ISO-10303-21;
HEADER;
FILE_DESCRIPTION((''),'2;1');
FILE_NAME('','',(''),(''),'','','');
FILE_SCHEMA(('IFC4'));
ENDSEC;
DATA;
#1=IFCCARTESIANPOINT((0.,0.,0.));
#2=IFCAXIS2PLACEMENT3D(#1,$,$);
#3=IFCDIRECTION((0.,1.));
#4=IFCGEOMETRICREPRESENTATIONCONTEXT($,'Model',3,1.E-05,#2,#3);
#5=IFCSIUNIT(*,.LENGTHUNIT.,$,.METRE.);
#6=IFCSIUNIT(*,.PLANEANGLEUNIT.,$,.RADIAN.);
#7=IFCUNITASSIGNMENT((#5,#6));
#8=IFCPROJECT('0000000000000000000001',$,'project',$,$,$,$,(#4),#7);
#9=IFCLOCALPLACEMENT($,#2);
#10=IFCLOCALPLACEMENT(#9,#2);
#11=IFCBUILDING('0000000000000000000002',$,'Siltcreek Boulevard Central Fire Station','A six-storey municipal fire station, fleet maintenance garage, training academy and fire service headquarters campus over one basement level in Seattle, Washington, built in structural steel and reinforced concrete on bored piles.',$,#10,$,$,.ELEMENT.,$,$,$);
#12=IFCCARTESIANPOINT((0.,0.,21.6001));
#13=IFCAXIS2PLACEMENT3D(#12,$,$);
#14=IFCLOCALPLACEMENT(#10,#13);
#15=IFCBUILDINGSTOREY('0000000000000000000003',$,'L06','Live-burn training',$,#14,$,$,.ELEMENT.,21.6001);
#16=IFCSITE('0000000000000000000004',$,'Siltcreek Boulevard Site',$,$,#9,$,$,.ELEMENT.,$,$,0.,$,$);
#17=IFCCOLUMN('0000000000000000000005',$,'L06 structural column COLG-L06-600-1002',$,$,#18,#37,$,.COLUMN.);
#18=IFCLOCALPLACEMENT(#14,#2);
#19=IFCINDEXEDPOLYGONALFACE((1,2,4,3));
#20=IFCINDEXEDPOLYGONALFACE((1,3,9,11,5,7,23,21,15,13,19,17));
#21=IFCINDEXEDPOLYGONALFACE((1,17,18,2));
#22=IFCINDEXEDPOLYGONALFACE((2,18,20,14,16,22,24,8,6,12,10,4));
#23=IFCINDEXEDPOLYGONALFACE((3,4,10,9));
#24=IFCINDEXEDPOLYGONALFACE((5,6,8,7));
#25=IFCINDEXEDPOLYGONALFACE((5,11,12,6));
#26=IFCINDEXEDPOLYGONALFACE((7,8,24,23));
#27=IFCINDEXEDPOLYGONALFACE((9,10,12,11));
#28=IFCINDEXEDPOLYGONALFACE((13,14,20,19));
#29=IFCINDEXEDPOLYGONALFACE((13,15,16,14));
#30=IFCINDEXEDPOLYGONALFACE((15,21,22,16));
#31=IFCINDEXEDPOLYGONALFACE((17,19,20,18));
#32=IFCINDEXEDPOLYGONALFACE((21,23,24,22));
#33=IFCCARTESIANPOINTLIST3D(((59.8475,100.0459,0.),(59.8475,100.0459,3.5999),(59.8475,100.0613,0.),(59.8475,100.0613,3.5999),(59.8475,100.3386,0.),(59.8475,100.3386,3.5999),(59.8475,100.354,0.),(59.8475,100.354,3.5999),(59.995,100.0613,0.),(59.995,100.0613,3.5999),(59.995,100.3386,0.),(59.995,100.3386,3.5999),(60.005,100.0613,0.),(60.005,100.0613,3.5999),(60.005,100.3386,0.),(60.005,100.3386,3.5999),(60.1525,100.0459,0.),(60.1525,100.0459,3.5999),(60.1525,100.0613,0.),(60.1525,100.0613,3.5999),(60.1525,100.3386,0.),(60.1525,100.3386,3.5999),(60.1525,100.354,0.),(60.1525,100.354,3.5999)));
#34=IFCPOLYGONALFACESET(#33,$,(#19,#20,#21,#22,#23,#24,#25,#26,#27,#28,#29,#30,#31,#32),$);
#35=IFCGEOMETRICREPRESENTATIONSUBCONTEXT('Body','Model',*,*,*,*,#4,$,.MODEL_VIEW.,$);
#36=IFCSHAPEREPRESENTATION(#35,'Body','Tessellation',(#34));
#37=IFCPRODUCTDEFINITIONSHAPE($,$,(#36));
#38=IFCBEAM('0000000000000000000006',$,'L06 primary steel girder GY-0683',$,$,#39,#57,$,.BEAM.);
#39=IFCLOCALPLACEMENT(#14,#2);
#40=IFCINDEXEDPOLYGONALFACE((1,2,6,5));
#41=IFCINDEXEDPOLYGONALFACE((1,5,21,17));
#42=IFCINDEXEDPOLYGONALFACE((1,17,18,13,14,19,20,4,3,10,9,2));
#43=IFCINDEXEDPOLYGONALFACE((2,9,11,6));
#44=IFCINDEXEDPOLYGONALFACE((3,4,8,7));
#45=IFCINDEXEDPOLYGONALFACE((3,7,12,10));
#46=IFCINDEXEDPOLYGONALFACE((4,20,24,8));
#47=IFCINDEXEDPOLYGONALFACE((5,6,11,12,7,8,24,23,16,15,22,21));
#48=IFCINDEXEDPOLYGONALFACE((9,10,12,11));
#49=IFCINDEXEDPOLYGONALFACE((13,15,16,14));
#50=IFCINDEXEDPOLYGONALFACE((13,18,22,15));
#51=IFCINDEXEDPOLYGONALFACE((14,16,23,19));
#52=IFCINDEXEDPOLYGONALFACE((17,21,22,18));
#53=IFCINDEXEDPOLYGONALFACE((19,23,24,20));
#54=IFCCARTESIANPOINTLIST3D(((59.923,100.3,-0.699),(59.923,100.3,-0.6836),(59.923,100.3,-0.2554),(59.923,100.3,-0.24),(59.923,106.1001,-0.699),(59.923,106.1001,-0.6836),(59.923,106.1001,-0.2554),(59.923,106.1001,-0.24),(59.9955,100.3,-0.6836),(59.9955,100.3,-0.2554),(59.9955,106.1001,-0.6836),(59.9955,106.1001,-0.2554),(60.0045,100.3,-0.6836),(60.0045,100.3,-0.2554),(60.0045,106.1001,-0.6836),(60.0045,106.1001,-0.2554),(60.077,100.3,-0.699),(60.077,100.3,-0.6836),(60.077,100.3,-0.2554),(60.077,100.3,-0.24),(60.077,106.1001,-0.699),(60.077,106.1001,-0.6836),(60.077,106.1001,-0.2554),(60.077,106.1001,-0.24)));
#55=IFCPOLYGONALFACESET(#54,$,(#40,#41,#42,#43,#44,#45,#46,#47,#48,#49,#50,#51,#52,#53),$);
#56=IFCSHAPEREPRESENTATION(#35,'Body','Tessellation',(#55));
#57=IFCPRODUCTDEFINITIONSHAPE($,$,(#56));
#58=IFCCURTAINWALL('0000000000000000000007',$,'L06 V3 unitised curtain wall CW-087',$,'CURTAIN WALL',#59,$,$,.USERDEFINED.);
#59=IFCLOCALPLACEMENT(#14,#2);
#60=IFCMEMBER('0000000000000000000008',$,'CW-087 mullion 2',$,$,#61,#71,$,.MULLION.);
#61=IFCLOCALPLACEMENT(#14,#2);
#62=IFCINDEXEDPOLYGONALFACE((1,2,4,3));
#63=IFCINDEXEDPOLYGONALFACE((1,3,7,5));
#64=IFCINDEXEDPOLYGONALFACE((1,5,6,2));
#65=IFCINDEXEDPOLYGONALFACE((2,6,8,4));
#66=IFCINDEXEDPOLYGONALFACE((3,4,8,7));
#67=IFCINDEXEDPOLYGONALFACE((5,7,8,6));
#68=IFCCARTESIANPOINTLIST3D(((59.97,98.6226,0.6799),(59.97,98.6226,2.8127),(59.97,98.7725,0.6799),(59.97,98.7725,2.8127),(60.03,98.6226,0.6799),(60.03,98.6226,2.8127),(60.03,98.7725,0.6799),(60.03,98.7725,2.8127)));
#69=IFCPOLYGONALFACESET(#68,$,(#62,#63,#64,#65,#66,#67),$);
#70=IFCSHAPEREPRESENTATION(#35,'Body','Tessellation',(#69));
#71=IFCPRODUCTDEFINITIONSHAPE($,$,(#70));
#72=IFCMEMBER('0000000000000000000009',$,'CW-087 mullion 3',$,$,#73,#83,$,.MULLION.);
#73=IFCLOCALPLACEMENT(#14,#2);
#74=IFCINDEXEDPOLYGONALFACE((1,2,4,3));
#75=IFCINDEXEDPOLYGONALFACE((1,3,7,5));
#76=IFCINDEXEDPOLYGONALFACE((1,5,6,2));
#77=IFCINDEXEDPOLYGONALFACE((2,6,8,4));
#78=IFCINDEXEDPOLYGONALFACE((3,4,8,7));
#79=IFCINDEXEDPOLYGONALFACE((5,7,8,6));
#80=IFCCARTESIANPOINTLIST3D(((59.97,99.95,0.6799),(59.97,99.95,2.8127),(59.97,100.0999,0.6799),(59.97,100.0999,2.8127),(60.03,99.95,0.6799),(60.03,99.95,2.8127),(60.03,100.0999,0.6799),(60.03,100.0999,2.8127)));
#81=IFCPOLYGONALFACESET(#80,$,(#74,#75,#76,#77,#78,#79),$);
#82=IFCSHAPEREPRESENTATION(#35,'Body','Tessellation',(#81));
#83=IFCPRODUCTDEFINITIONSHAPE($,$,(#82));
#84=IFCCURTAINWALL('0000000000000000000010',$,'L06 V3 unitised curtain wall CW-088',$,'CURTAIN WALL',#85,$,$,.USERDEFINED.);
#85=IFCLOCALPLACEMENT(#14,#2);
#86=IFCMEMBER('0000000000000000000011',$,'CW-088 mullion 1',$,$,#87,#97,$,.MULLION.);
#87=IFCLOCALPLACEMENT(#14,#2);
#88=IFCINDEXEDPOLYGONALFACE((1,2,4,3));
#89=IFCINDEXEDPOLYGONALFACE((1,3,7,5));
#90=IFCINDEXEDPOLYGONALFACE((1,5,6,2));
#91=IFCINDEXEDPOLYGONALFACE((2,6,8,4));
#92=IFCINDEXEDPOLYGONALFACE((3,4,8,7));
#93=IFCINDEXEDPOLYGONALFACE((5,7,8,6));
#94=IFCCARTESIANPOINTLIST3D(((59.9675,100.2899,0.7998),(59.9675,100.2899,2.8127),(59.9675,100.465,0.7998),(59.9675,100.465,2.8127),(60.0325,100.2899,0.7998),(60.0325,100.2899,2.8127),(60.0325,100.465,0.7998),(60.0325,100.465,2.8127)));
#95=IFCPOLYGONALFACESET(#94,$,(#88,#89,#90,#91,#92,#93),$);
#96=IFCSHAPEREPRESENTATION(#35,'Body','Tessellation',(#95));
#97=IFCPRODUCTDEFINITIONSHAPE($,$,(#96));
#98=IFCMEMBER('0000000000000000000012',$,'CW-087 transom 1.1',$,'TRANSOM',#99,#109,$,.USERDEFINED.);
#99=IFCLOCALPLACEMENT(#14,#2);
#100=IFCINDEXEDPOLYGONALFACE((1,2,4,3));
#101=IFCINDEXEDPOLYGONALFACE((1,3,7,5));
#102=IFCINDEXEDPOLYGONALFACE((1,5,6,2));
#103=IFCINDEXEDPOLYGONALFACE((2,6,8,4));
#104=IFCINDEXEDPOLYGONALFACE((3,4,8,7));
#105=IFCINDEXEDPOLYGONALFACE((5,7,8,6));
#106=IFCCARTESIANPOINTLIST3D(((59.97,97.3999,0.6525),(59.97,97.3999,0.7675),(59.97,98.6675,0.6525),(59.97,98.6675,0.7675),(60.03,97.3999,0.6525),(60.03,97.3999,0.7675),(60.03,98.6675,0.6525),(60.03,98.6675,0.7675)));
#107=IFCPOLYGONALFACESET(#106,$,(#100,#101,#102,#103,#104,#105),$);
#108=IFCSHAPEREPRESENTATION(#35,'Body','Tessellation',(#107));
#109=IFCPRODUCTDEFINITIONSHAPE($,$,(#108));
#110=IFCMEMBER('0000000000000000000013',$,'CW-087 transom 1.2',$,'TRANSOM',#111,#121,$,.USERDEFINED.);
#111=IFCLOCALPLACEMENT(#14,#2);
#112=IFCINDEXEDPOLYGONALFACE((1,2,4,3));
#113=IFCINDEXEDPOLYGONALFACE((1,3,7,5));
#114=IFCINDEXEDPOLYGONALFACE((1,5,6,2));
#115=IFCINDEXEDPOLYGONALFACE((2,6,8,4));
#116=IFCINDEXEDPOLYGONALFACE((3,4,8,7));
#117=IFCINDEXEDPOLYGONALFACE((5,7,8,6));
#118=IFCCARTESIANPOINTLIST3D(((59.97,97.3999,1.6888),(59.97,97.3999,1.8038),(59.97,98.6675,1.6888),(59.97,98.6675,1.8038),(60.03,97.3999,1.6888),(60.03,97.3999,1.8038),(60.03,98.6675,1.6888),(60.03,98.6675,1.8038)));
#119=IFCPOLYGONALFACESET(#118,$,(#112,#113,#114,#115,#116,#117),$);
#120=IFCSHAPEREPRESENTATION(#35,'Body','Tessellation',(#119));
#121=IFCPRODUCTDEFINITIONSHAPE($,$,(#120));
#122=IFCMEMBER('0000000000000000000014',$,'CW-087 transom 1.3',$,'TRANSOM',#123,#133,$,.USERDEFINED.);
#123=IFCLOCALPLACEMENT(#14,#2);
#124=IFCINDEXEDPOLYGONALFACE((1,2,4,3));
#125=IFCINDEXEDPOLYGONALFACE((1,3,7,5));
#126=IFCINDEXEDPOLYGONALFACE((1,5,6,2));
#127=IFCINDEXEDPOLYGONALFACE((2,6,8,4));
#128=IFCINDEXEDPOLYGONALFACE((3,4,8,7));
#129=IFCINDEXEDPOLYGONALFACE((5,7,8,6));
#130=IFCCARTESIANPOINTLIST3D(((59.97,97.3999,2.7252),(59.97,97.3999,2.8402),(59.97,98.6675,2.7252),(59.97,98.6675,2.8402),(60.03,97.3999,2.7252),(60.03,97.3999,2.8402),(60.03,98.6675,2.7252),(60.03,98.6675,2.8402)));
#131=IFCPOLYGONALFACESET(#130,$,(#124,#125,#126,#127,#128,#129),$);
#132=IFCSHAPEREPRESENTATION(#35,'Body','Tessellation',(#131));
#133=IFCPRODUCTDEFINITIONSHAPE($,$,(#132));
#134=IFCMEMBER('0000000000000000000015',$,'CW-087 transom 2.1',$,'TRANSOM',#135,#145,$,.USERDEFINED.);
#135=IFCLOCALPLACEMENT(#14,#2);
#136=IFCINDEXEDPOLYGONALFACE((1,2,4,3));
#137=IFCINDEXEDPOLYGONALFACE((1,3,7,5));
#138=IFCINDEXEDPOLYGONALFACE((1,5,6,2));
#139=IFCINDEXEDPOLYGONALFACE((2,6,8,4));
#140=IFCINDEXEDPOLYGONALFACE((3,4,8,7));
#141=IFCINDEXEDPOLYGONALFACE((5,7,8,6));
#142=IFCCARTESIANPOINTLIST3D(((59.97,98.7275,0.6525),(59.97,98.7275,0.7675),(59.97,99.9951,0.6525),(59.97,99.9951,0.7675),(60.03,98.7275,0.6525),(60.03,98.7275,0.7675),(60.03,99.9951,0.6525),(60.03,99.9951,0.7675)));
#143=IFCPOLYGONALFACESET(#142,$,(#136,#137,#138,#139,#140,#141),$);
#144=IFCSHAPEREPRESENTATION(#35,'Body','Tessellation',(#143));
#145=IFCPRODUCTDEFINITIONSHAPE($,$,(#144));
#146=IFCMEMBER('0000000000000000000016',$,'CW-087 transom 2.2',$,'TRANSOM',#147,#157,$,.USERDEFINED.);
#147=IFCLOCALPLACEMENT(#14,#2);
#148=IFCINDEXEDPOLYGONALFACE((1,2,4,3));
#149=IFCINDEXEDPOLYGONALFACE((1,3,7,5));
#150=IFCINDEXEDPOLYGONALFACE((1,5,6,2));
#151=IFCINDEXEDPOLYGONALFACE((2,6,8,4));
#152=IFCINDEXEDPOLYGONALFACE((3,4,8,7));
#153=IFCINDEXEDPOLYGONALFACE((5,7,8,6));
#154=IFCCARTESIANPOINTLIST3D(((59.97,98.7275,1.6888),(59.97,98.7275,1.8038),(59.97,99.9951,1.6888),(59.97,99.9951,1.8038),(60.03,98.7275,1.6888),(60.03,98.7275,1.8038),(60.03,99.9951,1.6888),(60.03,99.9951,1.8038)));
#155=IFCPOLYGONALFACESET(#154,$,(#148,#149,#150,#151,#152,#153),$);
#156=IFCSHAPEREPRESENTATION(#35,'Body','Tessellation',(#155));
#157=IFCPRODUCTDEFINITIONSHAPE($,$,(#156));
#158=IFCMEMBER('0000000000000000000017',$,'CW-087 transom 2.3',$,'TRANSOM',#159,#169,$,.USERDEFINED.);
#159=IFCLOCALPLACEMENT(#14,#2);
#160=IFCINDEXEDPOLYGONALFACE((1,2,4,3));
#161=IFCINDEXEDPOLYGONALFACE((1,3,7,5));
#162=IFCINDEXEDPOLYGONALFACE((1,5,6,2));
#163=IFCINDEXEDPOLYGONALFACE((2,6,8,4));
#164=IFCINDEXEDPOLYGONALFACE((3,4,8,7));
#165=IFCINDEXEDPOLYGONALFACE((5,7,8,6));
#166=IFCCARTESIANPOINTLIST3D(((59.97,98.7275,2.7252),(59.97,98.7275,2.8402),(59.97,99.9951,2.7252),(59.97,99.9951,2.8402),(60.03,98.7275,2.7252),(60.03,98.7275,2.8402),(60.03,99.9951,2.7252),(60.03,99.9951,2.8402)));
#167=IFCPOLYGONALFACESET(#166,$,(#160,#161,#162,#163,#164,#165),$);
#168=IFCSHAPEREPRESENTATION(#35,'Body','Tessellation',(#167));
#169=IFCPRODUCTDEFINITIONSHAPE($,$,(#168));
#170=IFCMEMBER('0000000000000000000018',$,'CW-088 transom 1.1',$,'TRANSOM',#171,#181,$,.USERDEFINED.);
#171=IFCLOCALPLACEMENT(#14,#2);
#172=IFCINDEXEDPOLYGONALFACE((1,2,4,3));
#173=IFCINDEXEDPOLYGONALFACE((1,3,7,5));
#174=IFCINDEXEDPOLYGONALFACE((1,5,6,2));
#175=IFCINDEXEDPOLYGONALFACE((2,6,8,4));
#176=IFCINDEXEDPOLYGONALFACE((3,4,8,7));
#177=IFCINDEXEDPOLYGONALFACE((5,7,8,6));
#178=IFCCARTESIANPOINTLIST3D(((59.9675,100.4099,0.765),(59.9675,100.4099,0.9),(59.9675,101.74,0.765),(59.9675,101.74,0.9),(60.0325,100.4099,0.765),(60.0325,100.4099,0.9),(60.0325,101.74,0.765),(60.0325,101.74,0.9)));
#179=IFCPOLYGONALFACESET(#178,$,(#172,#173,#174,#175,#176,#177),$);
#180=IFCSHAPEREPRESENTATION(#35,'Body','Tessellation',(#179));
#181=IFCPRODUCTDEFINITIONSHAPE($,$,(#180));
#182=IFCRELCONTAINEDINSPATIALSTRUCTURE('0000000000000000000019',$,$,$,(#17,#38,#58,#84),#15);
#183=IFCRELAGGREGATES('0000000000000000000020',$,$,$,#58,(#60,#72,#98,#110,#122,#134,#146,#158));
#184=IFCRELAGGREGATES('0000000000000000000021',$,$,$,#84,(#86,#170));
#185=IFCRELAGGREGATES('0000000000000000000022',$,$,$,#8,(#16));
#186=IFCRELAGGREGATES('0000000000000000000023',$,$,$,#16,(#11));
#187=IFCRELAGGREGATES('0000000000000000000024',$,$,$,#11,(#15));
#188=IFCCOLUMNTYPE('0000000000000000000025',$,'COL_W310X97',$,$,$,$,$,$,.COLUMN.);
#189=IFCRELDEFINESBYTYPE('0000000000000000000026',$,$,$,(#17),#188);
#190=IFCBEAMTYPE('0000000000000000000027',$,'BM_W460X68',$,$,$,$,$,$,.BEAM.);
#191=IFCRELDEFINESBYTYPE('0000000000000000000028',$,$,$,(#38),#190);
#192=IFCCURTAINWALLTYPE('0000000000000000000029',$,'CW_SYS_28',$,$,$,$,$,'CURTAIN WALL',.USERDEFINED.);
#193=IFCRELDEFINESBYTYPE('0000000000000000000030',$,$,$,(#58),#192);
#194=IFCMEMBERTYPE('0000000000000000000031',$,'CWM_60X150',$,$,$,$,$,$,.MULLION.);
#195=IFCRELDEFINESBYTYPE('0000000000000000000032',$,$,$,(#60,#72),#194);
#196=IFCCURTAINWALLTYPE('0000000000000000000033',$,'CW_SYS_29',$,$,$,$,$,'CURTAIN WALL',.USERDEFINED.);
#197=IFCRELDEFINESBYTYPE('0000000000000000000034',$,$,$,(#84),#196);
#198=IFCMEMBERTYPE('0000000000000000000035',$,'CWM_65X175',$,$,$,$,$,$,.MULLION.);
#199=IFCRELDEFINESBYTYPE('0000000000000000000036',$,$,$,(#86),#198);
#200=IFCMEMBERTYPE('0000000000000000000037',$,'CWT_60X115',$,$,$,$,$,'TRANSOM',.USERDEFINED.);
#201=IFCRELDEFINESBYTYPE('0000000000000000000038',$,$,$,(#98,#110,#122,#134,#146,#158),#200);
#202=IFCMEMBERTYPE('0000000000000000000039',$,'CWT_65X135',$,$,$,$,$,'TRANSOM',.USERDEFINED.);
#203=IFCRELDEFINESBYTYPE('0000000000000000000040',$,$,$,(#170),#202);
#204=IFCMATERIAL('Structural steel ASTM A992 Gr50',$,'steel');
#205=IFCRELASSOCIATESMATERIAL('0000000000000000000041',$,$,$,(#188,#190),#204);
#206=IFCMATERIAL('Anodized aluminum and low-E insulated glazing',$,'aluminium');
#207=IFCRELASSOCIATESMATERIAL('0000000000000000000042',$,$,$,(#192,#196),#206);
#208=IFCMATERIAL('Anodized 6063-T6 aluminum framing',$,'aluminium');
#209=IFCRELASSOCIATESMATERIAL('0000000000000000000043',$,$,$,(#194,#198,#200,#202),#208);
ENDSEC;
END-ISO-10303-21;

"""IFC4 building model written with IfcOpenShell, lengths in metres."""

from ifc_helpers import new_model, si_unit, direction, frame, origin, origin_2d, place, context, subcontext, project, spatial, rectangle, i_section, extrude, material, material_profile, profile_set, type_object, element, aggregate, save


model = new_model("IFC4")

# Units and contexts
model_context = context("Model", 3, precision=1e-05, world=origin(), true_north=direction((0.0, 1.0)))
body_context = subcontext(model_context, "Body", "Model", "MODEL_VIEW")
ifc_project = project(units=[si_unit("LENGTHUNIT", "METRE"), si_unit("PLANEANGLEUNIT", "RADIAN")], contexts=[model_context])

# Site, building, storey
site_placement = place(None, origin())
site = spatial("IfcSite", under=ifc_project, at=site_placement, Name="Siltcreek Boulevard Site", CompositionType="ELEMENT", RefElevation=0.0)
building_placement = place(site_placement, origin())
building = spatial("IfcBuilding", under=site, at=building_placement, Name="Siltcreek Boulevard Central Fire Station", Description="A six-storey municipal fire station, fleet maintenance garage, training academy and fire service headquarters campus over one basement level in Seattle, Washington, built in structural steel and reinforced concrete on bored piles.", CompositionType="ELEMENT")
storey_placement = place(building_placement, frame((0.0, 0.0, 21.6001)))
storey = spatial("IfcBuildingStorey", under=building, at=storey_placement, Name="L06", Description="Live-burn training", CompositionType="ELEMENT", Elevation=21.6001)

# Column
ifc_material_1 = material(Name="Structural steel ASTM A992 Gr50", Category="steel")
ifc_material_profile_1 = material_profile(ifc_material_1, i_section(OverallWidth=0.3049, OverallDepth=0.3081, WebThickness=0.01, FlangeThickness=0.0154, at=origin_2d()), Name="W310X97")
ifc_profile_set_1 = profile_set([ifc_material_profile_1], Name="Structural steel ASTM A992 Gr50")
column_type = type_object("IfcColumnType", Name="COL_W310X97", PredefinedType="COLUMN", material=ifc_profile_set_1)
column_placement = place(storey_placement, frame((60.0, 100.2, 0.0), z_axis=(0.0, 0.0, 1.0), x_axis=(1.0, 0.0, 0.0)))
element("IfcColumn", 1, at=column_placement, inside=storey, type_object=column_type, Name="L06 structural column COLG-L06-600-1002", PredefinedType="COLUMN", context=body_context, shape_type="SweptSolid", body=[
    extrude(i_section(OverallWidth=0.3049, OverallDepth=0.3081, WebThickness=0.01, FlangeThickness=0.0154, at=origin_2d()), origin(), (0.0, 0.0, 1.0), 3.5999),
])

# Beam
ifc_material_profile_2 = material_profile(ifc_material_1, i_section(OverallWidth=0.1541, OverallDepth=0.459, WebThickness=0.009, FlangeThickness=0.0154, at=origin_2d()), Name="W460X68")
ifc_profile_set_2 = profile_set([ifc_material_profile_2], Name="Structural steel ASTM A992 Gr50")
beam_type = type_object("IfcBeamType", Name="BM_W460X68", PredefinedType="BEAM", material=ifc_profile_set_2)
beam_placement = place(storey_placement, frame((60.0, 100.3, -0.4695), z_axis=(0.0, 1.0, 0.0), x_axis=(-1.0, 0.0, 0.0)))
element("IfcBeam", 2, at=beam_placement, inside=storey, type_object=beam_type, Name="L06 primary steel girder GY-0683", PredefinedType="BEAM", context=body_context, shape_type="SweptSolid", body=[
    extrude(i_section(OverallWidth=0.1541, OverallDepth=0.459, WebThickness=0.009, FlangeThickness=0.0154, at=origin_2d()), origin(), (0.0, 0.0, 1.0), 5.8),
])

# Curtain wall, members
ifc_material_2 = material(Name="Anodized aluminum and low-E insulated glazing", Category="aluminium")
curtain_wall_type_1 = type_object("IfcCurtainWallType", Name="CW_SYS_28", ElementType="CURTAIN WALL", PredefinedType="USERDEFINED", material=ifc_material_2)
curtain_wall_1_placement = place(storey_placement, origin())
curtain_wall_1 = element("IfcCurtainWall", 3, at=curtain_wall_1_placement, inside=storey, type_object=curtain_wall_type_1, Name="L06 V3 unitised curtain wall CW-087", ObjectType="CURTAIN WALL", PredefinedType="USERDEFINED")
ifc_material_3 = material(Name="Anodized 6063-T6 aluminum framing", Category="aluminium")
ifc_material_profile_3 = material_profile(ifc_material_3, rectangle(XDim=0.0601, YDim=0.1499, at=origin_2d()), Name="MULL60X150")
ifc_profile_set_3 = profile_set([ifc_material_profile_3], Name="Anodized 6063-T6 aluminum framing")
member_type_1 = type_object("IfcMemberType", Name="CWM_60X150", PredefinedType="MULLION", material=ifc_profile_set_3)
member_1_placement = place(storey_placement, frame((60.0, 98.6975, 0.6799), z_axis=(0.0, 0.0, 1.0), x_axis=(-1.0, 0.0, 0.0)))
member_1 = element("IfcMember", 4, at=member_1_placement, type_object=member_type_1, Name="CW-087 mullion 2", PredefinedType="MULLION", context=body_context, shape_type="SweptSolid", body=[
    extrude(rectangle(XDim=0.0601, YDim=0.1499, at=origin_2d()), origin(), (0.0, 0.0, 1.0), 2.1328),
])
member_2_placement = place(storey_placement, frame((60.0, 100.0249, 0.6799), z_axis=(0.0, 0.0, 1.0), x_axis=(-1.0, 0.0, 0.0)))
member_2 = element("IfcMember", 5, at=member_2_placement, type_object=member_type_1, Name="CW-087 mullion 3", PredefinedType="MULLION", context=body_context, shape_type="SweptSolid", body=[
    extrude(rectangle(XDim=0.0601, YDim=0.1499, at=origin_2d()), origin(), (0.0, 0.0, 1.0), 2.1328),
])

# Curtain wall, member
curtain_wall_type_2 = type_object("IfcCurtainWallType", Name="CW_SYS_29", ElementType="CURTAIN WALL", PredefinedType="USERDEFINED", material=ifc_material_2)
curtain_wall_2_placement = place(storey_placement, origin())
curtain_wall_2 = element("IfcCurtainWall", 6, at=curtain_wall_2_placement, inside=storey, type_object=curtain_wall_type_2, Name="L06 V3 unitised curtain wall CW-088", ObjectType="CURTAIN WALL", PredefinedType="USERDEFINED")
ifc_material_profile_4 = material_profile(ifc_material_3, rectangle(XDim=0.0649, YDim=0.175, at=origin_2d()), Name="MULL65X175")
ifc_profile_set_4 = profile_set([ifc_material_profile_4], Name="Anodized 6063-T6 aluminum framing")
member_type_2 = type_object("IfcMemberType", Name="CWM_65X175", PredefinedType="MULLION", material=ifc_profile_set_4)
member_3_placement = place(storey_placement, frame((60.0, 100.3774, 0.7998), z_axis=(0.0, 0.0, 1.0), x_axis=(-1.0, 0.0, 0.0)))
member_3 = element("IfcMember", 7, at=member_3_placement, type_object=member_type_2, Name="CW-088 mullion 1", PredefinedType="MULLION", context=body_context, shape_type="SweptSolid", body=[
    extrude(rectangle(XDim=0.0649, YDim=0.175, at=origin_2d()), origin(), (0.0, 0.0, 1.0), 2.0129),
])

# Members
ifc_material_profile_5 = material_profile(ifc_material_3, rectangle(XDim=0.0601, YDim=0.115, at=origin_2d()), Name="TRAN60X115")
ifc_profile_set_5 = profile_set([ifc_material_profile_5], Name="Anodized 6063-T6 aluminum framing")
member_type_3 = type_object("IfcMemberType", Name="CWT_60X115", ElementType="TRANSOM", PredefinedType="USERDEFINED", material=ifc_profile_set_5)
member_4_placement = place(storey_placement, frame((60.0, 97.3999, 0.71), z_axis=(0.0, 1.0, 0.0), x_axis=(-1.0, 0.0, 0.0)))
member_4 = element("IfcMember", 8, at=member_4_placement, type_object=member_type_3, Name="CW-087 transom 1.1", ObjectType="TRANSOM", PredefinedType="USERDEFINED", context=body_context, shape_type="SweptSolid", body=[
    extrude(rectangle(XDim=0.0601, YDim=0.115, at=origin_2d()), origin(), (0.0, 0.0, 1.0), 1.2676),
])
member_5_placement = place(storey_placement, frame((60.0, 97.3999, 1.7463), z_axis=(0.0, 1.0, 0.0), x_axis=(-1.0, 0.0, 0.0)))
member_5 = element("IfcMember", 9, at=member_5_placement, type_object=member_type_3, Name="CW-087 transom 1.2", ObjectType="TRANSOM", PredefinedType="USERDEFINED", context=body_context, shape_type="SweptSolid", body=[
    extrude(rectangle(XDim=0.0601, YDim=0.115, at=origin_2d()), origin(), (0.0, 0.0, 1.0), 1.2676),
])
member_6_placement = place(storey_placement, frame((60.0, 97.3999, 2.7827), z_axis=(0.0, 1.0, 0.0), x_axis=(-1.0, 0.0, 0.0)))
member_6 = element("IfcMember", 10, at=member_6_placement, type_object=member_type_3, Name="CW-087 transom 1.3", ObjectType="TRANSOM", PredefinedType="USERDEFINED", context=body_context, shape_type="SweptSolid", body=[
    extrude(rectangle(XDim=0.0601, YDim=0.115, at=origin_2d()), origin(), (0.0, 0.0, 1.0), 1.2676),
])
member_7_placement = place(storey_placement, frame((60.0, 98.7275, 0.71), z_axis=(0.0, 1.0, 0.0), x_axis=(-1.0, 0.0, 0.0)))
member_7 = element("IfcMember", 11, at=member_7_placement, type_object=member_type_3, Name="CW-087 transom 2.1", ObjectType="TRANSOM", PredefinedType="USERDEFINED", context=body_context, shape_type="SweptSolid", body=[
    extrude(rectangle(XDim=0.0601, YDim=0.115, at=origin_2d()), origin(), (0.0, 0.0, 1.0), 1.2676),
])
member_8_placement = place(storey_placement, frame((60.0, 98.7275, 1.7463), z_axis=(0.0, 1.0, 0.0), x_axis=(-1.0, 0.0, 0.0)))
member_8 = element("IfcMember", 12, at=member_8_placement, type_object=member_type_3, Name="CW-087 transom 2.2", ObjectType="TRANSOM", PredefinedType="USERDEFINED", context=body_context, shape_type="SweptSolid", body=[
    extrude(rectangle(XDim=0.0601, YDim=0.115, at=origin_2d()), origin(), (0.0, 0.0, 1.0), 1.2676),
])
member_9_placement = place(storey_placement, frame((60.0, 98.7275, 2.7827), z_axis=(0.0, 1.0, 0.0), x_axis=(-1.0, 0.0, 0.0)))
member_9 = element("IfcMember", 13, at=member_9_placement, type_object=member_type_3, Name="CW-087 transom 2.3", ObjectType="TRANSOM", PredefinedType="USERDEFINED", context=body_context, shape_type="SweptSolid", body=[
    extrude(rectangle(XDim=0.0601, YDim=0.115, at=origin_2d()), origin(), (0.0, 0.0, 1.0), 1.2676),
])
ifc_material_profile_6 = material_profile(ifc_material_3, rectangle(XDim=0.0649, YDim=0.135, at=origin_2d()), Name="TRAN65X135")
ifc_profile_set_6 = profile_set([ifc_material_profile_6], Name="Anodized 6063-T6 aluminum framing")
member_type_4 = type_object("IfcMemberType", Name="CWT_65X135", ElementType="TRANSOM", PredefinedType="USERDEFINED", material=ifc_profile_set_6)
member_10_placement = place(storey_placement, frame((60.0, 100.4099, 0.8325), z_axis=(0.0, 1.0, 0.0), x_axis=(-1.0, 0.0, 0.0)))
member_10 = element("IfcMember", 14, at=member_10_placement, type_object=member_type_4, Name="CW-088 transom 1.1", ObjectType="TRANSOM", PredefinedType="USERDEFINED", context=body_context, shape_type="SweptSolid", body=[
    extrude(rectangle(XDim=0.0649, YDim=0.135, at=origin_2d()), origin(), (0.0, 0.0, 1.0), 1.3301),
])

aggregate(curtain_wall_1, [member_1, member_2, member_4, member_5, member_6, member_7, member_8, member_9])
aggregate(curtain_wall_2, [member_3, member_10])

save(model, "model.ifc")
